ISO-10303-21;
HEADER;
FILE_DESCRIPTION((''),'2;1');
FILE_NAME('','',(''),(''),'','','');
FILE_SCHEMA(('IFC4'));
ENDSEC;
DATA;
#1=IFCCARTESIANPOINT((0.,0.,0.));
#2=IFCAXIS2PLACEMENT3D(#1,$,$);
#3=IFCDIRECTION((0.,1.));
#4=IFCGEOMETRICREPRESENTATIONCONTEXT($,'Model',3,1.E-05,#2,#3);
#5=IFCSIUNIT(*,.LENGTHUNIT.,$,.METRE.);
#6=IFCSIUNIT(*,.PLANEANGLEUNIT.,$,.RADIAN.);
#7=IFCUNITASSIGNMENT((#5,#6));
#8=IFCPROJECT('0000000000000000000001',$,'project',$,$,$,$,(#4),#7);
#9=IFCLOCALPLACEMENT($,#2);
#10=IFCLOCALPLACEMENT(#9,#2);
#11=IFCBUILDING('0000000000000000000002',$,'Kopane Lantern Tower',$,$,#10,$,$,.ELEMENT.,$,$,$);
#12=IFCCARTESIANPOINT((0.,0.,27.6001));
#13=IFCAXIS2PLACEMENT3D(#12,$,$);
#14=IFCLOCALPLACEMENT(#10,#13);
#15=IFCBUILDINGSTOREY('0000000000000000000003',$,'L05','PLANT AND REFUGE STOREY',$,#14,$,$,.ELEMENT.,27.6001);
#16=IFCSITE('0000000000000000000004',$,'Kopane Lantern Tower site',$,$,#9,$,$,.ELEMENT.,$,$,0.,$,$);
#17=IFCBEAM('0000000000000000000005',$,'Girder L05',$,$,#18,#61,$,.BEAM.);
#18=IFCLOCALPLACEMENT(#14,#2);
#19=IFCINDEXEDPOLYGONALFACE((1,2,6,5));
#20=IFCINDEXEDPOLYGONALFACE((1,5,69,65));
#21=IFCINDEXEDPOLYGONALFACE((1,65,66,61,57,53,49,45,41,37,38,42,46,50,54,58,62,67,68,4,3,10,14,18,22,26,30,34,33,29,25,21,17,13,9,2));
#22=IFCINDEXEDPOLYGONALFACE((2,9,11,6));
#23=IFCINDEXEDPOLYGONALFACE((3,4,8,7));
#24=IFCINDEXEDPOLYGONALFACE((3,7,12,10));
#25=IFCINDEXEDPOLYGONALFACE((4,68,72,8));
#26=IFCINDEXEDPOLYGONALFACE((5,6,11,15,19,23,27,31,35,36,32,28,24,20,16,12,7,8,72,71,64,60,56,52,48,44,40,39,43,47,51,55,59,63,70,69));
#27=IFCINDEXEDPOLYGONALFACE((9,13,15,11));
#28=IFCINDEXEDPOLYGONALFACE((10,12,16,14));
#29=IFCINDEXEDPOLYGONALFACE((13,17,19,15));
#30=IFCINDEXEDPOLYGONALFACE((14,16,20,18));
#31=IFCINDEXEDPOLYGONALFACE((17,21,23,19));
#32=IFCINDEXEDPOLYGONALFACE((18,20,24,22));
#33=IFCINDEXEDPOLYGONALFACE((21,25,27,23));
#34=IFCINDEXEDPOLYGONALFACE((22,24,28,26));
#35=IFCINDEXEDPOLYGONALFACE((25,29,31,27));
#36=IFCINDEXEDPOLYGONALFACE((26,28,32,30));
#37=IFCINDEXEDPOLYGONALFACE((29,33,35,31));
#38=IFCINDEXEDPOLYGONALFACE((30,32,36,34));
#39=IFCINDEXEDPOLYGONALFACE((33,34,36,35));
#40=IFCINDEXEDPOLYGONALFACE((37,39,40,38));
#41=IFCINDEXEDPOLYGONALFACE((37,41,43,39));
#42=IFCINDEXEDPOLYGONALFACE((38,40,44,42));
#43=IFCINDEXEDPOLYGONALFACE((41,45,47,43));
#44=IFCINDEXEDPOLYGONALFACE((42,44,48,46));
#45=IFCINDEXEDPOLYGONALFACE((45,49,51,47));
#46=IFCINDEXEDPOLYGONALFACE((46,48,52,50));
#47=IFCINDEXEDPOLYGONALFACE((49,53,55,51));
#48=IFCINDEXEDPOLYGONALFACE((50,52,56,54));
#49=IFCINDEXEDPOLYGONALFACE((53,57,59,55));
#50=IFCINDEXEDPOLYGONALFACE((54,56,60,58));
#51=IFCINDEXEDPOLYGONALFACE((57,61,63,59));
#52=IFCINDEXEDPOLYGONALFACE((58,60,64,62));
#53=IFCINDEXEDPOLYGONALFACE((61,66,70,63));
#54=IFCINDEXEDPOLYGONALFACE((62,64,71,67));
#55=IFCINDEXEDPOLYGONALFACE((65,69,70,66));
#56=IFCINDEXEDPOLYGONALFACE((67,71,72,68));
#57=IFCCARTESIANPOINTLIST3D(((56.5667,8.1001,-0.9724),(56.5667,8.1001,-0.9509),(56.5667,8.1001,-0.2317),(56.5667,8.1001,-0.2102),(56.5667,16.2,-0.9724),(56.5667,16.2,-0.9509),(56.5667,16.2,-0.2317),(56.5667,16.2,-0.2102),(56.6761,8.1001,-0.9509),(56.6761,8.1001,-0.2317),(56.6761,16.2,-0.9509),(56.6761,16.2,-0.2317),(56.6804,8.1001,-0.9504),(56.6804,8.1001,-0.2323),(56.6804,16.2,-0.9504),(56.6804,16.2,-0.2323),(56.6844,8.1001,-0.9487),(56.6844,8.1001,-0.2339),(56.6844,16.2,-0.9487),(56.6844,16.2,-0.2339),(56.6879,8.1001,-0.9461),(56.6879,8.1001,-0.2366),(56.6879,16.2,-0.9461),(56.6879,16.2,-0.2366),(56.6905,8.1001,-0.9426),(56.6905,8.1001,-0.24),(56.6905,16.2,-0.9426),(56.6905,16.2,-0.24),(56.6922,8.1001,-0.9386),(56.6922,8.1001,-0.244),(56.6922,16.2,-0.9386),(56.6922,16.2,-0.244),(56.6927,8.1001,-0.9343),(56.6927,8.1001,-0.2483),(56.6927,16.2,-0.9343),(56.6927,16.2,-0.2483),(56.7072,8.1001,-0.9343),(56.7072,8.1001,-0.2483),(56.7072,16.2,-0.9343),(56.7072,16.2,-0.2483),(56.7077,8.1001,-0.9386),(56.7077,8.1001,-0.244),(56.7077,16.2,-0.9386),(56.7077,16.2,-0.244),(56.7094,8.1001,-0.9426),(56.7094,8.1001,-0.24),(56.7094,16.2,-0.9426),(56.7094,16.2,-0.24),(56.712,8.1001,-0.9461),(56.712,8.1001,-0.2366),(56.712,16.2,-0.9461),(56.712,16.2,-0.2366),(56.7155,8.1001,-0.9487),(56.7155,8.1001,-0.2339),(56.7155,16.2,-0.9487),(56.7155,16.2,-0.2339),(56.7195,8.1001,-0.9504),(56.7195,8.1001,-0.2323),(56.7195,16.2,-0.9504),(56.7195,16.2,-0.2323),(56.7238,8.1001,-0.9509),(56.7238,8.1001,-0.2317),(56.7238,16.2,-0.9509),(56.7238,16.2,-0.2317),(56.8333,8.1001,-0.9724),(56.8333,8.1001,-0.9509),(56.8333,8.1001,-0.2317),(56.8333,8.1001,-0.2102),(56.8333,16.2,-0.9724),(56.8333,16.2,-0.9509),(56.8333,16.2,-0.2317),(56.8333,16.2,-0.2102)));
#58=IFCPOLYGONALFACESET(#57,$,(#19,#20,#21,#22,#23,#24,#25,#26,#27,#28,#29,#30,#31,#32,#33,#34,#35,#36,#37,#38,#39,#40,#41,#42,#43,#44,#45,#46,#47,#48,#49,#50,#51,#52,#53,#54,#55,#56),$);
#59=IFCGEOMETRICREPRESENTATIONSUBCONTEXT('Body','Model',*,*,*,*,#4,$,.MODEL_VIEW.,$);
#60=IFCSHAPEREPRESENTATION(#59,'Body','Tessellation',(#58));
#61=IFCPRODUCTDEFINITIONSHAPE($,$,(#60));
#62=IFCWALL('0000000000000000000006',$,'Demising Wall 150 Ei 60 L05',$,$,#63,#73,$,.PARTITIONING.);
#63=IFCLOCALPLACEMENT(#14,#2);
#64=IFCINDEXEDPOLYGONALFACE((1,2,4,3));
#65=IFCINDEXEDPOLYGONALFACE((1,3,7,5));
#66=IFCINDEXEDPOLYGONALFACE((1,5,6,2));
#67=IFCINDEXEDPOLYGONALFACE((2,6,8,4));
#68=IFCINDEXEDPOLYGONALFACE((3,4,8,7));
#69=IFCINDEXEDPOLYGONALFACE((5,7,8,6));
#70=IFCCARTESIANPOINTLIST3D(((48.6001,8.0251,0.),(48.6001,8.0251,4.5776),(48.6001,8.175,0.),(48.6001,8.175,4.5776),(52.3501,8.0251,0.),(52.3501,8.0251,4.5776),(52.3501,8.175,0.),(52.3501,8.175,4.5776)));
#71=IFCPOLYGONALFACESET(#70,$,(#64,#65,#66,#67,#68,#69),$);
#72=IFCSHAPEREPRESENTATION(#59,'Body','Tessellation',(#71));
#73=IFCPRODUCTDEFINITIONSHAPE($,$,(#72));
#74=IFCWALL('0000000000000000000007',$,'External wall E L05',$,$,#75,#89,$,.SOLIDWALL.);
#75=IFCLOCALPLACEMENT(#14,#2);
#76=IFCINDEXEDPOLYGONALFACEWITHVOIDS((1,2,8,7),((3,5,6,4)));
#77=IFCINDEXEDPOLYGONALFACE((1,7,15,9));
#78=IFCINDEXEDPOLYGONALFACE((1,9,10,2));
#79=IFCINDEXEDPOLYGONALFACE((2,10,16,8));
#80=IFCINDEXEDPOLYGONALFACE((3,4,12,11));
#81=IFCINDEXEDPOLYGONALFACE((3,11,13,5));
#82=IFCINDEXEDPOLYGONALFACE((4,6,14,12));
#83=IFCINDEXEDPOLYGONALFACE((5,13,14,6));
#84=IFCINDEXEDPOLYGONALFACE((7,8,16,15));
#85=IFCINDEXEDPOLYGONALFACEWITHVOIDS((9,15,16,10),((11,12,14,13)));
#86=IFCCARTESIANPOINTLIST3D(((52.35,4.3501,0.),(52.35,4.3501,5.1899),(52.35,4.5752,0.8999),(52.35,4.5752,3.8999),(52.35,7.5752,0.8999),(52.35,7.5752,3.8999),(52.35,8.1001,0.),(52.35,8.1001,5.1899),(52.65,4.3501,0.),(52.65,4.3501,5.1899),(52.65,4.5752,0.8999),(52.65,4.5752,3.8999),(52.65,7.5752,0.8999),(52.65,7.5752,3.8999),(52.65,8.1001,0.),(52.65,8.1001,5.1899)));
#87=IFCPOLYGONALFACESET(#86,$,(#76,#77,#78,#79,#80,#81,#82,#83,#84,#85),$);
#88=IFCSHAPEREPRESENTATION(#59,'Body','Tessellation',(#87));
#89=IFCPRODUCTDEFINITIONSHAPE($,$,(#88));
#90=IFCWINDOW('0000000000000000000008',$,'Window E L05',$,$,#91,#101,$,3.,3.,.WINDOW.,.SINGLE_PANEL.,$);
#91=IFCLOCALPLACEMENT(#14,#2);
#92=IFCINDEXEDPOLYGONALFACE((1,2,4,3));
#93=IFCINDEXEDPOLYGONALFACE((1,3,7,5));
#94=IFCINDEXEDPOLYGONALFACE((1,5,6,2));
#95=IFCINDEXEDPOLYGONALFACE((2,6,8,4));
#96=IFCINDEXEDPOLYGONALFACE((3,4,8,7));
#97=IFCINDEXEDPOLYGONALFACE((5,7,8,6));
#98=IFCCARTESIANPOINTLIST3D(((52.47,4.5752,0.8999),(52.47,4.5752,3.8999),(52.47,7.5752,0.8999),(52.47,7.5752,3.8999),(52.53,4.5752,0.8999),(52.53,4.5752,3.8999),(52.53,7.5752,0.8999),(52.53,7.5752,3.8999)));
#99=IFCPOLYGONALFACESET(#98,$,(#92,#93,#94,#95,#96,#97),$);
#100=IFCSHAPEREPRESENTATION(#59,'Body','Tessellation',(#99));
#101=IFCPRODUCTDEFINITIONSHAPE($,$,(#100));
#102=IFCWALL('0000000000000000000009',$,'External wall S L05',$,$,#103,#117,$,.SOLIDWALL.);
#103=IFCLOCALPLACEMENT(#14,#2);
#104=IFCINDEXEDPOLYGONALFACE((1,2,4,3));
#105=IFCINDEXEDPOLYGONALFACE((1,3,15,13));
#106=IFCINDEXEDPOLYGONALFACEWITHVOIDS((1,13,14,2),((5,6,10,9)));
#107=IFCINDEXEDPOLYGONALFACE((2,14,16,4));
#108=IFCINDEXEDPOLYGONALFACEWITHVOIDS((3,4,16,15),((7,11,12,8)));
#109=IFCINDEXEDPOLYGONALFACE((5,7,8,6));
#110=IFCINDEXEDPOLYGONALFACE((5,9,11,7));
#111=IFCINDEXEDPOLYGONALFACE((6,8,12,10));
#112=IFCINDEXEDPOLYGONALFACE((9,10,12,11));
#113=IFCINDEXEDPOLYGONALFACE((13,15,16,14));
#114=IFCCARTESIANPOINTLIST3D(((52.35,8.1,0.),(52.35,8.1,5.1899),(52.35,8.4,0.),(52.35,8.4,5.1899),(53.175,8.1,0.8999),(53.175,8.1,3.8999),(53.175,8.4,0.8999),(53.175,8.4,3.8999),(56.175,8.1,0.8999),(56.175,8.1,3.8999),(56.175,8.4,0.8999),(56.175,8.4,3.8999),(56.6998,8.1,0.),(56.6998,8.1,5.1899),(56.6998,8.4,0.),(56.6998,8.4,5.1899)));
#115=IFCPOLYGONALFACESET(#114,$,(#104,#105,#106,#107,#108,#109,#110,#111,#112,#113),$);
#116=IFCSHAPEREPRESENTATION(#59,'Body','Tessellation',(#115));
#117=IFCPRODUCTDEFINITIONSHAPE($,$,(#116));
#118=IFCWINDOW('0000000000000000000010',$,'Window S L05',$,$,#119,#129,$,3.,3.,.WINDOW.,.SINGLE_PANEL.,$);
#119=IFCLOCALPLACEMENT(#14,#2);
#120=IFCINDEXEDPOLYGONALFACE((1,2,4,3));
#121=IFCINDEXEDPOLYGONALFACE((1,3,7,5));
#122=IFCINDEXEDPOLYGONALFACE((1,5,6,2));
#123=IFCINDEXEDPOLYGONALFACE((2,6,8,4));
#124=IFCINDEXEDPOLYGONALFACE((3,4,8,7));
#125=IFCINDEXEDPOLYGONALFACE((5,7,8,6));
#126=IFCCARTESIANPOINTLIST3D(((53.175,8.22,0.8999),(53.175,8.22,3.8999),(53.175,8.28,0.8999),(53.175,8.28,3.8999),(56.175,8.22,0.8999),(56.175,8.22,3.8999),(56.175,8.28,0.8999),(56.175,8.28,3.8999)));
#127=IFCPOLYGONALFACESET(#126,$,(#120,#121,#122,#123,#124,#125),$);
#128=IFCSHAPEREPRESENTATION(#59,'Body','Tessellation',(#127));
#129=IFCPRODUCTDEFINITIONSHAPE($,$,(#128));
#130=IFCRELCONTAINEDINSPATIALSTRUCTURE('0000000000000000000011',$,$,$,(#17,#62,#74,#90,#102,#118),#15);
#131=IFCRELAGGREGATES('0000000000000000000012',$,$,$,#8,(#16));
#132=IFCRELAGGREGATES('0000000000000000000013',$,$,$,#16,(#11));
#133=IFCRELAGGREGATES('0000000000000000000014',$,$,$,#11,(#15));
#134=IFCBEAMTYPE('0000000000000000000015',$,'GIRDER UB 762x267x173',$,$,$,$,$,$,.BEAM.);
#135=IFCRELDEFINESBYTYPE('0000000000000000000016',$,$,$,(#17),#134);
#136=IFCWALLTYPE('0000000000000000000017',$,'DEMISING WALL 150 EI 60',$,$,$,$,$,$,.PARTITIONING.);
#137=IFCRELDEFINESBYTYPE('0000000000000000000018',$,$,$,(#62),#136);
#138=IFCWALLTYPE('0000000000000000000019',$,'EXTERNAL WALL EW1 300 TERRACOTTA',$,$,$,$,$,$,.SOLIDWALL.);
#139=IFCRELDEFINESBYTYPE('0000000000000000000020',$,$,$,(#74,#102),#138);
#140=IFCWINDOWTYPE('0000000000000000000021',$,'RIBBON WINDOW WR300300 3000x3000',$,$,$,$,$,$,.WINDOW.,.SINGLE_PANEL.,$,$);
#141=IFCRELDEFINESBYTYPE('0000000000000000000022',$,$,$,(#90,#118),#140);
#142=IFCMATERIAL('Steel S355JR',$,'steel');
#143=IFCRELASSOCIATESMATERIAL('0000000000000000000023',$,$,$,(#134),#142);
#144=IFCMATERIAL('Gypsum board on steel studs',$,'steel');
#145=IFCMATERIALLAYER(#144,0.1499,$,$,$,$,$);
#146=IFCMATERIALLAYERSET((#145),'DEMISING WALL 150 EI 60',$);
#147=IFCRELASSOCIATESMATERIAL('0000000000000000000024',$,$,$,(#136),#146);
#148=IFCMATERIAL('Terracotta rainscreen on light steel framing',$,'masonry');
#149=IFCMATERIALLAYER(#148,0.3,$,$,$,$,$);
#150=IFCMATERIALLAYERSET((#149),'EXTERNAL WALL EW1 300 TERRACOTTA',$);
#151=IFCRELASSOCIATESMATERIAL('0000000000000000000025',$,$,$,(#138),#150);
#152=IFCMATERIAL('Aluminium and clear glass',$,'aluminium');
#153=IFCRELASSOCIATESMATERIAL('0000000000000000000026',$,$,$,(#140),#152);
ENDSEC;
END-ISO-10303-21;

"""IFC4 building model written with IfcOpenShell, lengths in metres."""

from ifc_helpers import new_model, si_unit, direction, frame, frame_2d, origin, origin_2d, place, context, subcontext, project, spatial, rectangle, i_section, extrude, material, layer, layer_set, material_profile, profile_set, type_object, element, fill, save


model = new_model("IFC4")

# Units and contexts
model_context = context("Model", 3, precision=1e-05, world=origin(), true_north=direction((0.0, 1.0)))
body_context = subcontext(model_context, "Body", "Model", "MODEL_VIEW")
ifc_project = project(units=[si_unit("LENGTHUNIT", "METRE"), si_unit("PLANEANGLEUNIT", "RADIAN")], contexts=[model_context])

# Site, building, storey
site_placement = place(None, origin())
site = spatial("IfcSite", under=ifc_project, at=site_placement, Name="Kopane Lantern Tower site", CompositionType="ELEMENT", RefElevation=0.0)
building_placement = place(site_placement, origin())
building = spatial("IfcBuilding", under=site, at=building_placement, Name="Kopane Lantern Tower", CompositionType="ELEMENT")
storey_placement = place(building_placement, frame((0.0, 0.0, 27.6001)))
storey = spatial("IfcBuildingStorey", under=building, at=storey_placement, Name="L05", Description="PLANT AND REFUGE STOREY", CompositionType="ELEMENT", Elevation=27.6001)

# Beam
ifc_material_1 = material(Name="Steel S355JR", Category="steel")
ifc_material_profile_1 = material_profile(ifc_material_1, i_section(OverallWidth=0.2666, OverallDepth=0.7622, WebThickness=0.0144, FlangeThickness=0.0215, FilletRadius=0.0166, at=origin_2d()), Name="UB 762x267x173")
ifc_profile_set_1 = profile_set([ifc_material_profile_1], Name="Steel S355JR")
beam_type_1 = type_object("IfcBeamType", Name="GIRDER UB 762x267x173", PredefinedType="BEAM", material=ifc_profile_set_1)
beam_1_placement = place(storey_placement, frame((56.7, 8.1001, -0.5913), z_axis=(0.0, 1.0, 0.0), x_axis=(-1.0, 0.0, 0.0)))
element("IfcBeam", 1, at=beam_1_placement, inside=storey, type_object=beam_type_1, Name="Girder L05", PredefinedType="BEAM", context=body_context, shape_type="SweptSolid", body=[
    extrude(i_section(OverallWidth=0.2666, OverallDepth=0.7622, WebThickness=0.0144, FlangeThickness=0.0215, FilletRadius=0.0166, at=origin_2d()), origin(), (0.0, 0.0, 1.0), 8.0999),
])

# Wall
ifc_material_2 = material(Name="Gypsum board on steel studs", Category="steel")
ifc_layer_1 = layer(ifc_material_2, 0.1499)
ifc_layer_set_1 = layer_set([ifc_layer_1], Name="DEMISING WALL 150 EI 60")
wall_type_1 = type_object("IfcWallType", Name="DEMISING WALL 150 EI 60", PredefinedType="PARTITIONING", material=ifc_layer_set_1)
wall_1_placement = place(storey_placement, frame((48.6001, 8.1001, 0.0), z_axis=(0.0, 0.0, 1.0), x_axis=(1.0, 0.0, 0.0)))
element("IfcWall", 2, at=wall_1_placement, inside=storey, type_object=wall_type_1, Name="Demising Wall 150 Ei 60 L05", PredefinedType="PARTITIONING", context=body_context, shape_type="SweptSolid", body=[
    extrude(rectangle(XDim=3.75, YDim=0.1499, at=frame_2d((1.875, 0.0))), origin(), (0.0, 0.0, 1.0), 4.5776),
])

# Walls, openings, windows
ifc_material_3 = material(Name="Terracotta rainscreen on light steel framing", Category="masonry")
ifc_layer_2 = layer(ifc_material_3, 0.3)
ifc_layer_set_2 = layer_set([ifc_layer_2], Name="EXTERNAL WALL EW1 300 TERRACOTTA")
wall_type_2 = type_object("IfcWallType", Name="EXTERNAL WALL EW1 300 TERRACOTTA", PredefinedType="SOLIDWALL", material=ifc_layer_set_2)
wall_2_placement = place(storey_placement, frame((52.5, 4.3501, 0.0), z_axis=(0.0, 0.0, 1.0), x_axis=(0.0, 1.0, 0.0)))
wall_2 = element("IfcWall", 3, at=wall_2_placement, inside=storey, type_object=wall_type_2, Name="External wall E L05", PredefinedType="SOLIDWALL", context=body_context, shape_type="SweptSolid", body=[
    extrude(rectangle(XDim=3.75, YDim=0.3, at=frame_2d((1.875, 0.0))), origin(), (0.0, 0.0, 1.0), 5.1899),
])
opening_1_placement = place(wall_2_placement, frame((0.2251, 0.0, 0.8999)))
opening_1 = element("IfcOpeningElement", 4, at=opening_1_placement, cuts=wall_2, PredefinedType="OPENING", context=body_context, shape_type="SweptSolid", body=[
    extrude(rectangle(XDim=3.0, YDim=3.0, at=frame_2d((1.5, 1.5))), frame((0.0, 0.1599, 0.0), z_axis=(0.0, -1.0, 0.0), x_axis=(1.0, 0.0, 0.0)), (0.0, 0.0, 1.0), 0.3201),
])
ifc_material_4 = material(Name="Aluminium and clear glass", Category="aluminium")
window_type_1 = type_object("IfcWindowType", Name="RIBBON WINDOW WR300300 3000x3000", PartitioningType="SINGLE_PANEL", PredefinedType="WINDOW", material=ifc_material_4)
window_1_placement = place(opening_1_placement, origin())
window_1 = element("IfcWindow", 5, at=window_1_placement, inside=storey, type_object=window_type_1, Name="Window E L05", OverallHeight=3.0, OverallWidth=3.0, PartitioningType="SINGLE_PANEL", PredefinedType="WINDOW", context=body_context, shape_type="SweptSolid", body=[
    extrude(rectangle(XDim=3.0, YDim=3.0, at=frame_2d((1.5, 1.5))), frame((0.0, 0.03, 0.0), z_axis=(0.0, -1.0, 0.0), x_axis=(1.0, 0.0, 0.0)), (0.0, 0.0, 1.0), 0.0601),
])
fill(opening_1, window_1)
wall_3_placement = place(storey_placement, frame((52.3501, 8.25, 0.0), z_axis=(0.0, 0.0, 1.0), x_axis=(1.0, 0.0, 0.0)))
wall_3 = element("IfcWall", 6, at=wall_3_placement, inside=storey, type_object=wall_type_2, Name="External wall S L05", PredefinedType="SOLIDWALL", context=body_context, shape_type="SweptSolid", body=[
    extrude(rectangle(XDim=4.3499, YDim=0.3, at=frame_2d((2.1748, 0.0))), origin(), (0.0, 0.0, 1.0), 5.1899),
])
opening_2_placement = place(wall_3_placement, frame((0.825, 0.0, 0.8999)))
opening_2 = element("IfcOpeningElement", 7, at=opening_2_placement, cuts=wall_3, PredefinedType="OPENING", context=body_context, shape_type="SweptSolid", body=[
    extrude(rectangle(XDim=3.0, YDim=3.0, at=frame_2d((1.5, 1.5))), frame((0.0, 0.1599, 0.0), z_axis=(0.0, -1.0, 0.0), x_axis=(1.0, 0.0, 0.0)), (0.0, 0.0, 1.0), 0.3201),
])
window_2_placement = place(opening_2_placement, origin())
window_2 = element("IfcWindow", 8, at=window_2_placement, inside=storey, type_object=window_type_1, Name="Window S L05", OverallHeight=3.0, OverallWidth=3.0, PartitioningType="SINGLE_PANEL", PredefinedType="WINDOW", context=body_context, shape_type="SweptSolid", body=[
    extrude(rectangle(XDim=3.0, YDim=3.0, at=frame_2d((1.5, 1.5))), frame((0.0, 0.03, 0.0), z_axis=(0.0, -1.0, 0.0), x_axis=(1.0, 0.0, 0.0)), (0.0, 0.0, 1.0), 0.0601),
])
fill(opening_2, window_2)

save(model, "model.ifc")
